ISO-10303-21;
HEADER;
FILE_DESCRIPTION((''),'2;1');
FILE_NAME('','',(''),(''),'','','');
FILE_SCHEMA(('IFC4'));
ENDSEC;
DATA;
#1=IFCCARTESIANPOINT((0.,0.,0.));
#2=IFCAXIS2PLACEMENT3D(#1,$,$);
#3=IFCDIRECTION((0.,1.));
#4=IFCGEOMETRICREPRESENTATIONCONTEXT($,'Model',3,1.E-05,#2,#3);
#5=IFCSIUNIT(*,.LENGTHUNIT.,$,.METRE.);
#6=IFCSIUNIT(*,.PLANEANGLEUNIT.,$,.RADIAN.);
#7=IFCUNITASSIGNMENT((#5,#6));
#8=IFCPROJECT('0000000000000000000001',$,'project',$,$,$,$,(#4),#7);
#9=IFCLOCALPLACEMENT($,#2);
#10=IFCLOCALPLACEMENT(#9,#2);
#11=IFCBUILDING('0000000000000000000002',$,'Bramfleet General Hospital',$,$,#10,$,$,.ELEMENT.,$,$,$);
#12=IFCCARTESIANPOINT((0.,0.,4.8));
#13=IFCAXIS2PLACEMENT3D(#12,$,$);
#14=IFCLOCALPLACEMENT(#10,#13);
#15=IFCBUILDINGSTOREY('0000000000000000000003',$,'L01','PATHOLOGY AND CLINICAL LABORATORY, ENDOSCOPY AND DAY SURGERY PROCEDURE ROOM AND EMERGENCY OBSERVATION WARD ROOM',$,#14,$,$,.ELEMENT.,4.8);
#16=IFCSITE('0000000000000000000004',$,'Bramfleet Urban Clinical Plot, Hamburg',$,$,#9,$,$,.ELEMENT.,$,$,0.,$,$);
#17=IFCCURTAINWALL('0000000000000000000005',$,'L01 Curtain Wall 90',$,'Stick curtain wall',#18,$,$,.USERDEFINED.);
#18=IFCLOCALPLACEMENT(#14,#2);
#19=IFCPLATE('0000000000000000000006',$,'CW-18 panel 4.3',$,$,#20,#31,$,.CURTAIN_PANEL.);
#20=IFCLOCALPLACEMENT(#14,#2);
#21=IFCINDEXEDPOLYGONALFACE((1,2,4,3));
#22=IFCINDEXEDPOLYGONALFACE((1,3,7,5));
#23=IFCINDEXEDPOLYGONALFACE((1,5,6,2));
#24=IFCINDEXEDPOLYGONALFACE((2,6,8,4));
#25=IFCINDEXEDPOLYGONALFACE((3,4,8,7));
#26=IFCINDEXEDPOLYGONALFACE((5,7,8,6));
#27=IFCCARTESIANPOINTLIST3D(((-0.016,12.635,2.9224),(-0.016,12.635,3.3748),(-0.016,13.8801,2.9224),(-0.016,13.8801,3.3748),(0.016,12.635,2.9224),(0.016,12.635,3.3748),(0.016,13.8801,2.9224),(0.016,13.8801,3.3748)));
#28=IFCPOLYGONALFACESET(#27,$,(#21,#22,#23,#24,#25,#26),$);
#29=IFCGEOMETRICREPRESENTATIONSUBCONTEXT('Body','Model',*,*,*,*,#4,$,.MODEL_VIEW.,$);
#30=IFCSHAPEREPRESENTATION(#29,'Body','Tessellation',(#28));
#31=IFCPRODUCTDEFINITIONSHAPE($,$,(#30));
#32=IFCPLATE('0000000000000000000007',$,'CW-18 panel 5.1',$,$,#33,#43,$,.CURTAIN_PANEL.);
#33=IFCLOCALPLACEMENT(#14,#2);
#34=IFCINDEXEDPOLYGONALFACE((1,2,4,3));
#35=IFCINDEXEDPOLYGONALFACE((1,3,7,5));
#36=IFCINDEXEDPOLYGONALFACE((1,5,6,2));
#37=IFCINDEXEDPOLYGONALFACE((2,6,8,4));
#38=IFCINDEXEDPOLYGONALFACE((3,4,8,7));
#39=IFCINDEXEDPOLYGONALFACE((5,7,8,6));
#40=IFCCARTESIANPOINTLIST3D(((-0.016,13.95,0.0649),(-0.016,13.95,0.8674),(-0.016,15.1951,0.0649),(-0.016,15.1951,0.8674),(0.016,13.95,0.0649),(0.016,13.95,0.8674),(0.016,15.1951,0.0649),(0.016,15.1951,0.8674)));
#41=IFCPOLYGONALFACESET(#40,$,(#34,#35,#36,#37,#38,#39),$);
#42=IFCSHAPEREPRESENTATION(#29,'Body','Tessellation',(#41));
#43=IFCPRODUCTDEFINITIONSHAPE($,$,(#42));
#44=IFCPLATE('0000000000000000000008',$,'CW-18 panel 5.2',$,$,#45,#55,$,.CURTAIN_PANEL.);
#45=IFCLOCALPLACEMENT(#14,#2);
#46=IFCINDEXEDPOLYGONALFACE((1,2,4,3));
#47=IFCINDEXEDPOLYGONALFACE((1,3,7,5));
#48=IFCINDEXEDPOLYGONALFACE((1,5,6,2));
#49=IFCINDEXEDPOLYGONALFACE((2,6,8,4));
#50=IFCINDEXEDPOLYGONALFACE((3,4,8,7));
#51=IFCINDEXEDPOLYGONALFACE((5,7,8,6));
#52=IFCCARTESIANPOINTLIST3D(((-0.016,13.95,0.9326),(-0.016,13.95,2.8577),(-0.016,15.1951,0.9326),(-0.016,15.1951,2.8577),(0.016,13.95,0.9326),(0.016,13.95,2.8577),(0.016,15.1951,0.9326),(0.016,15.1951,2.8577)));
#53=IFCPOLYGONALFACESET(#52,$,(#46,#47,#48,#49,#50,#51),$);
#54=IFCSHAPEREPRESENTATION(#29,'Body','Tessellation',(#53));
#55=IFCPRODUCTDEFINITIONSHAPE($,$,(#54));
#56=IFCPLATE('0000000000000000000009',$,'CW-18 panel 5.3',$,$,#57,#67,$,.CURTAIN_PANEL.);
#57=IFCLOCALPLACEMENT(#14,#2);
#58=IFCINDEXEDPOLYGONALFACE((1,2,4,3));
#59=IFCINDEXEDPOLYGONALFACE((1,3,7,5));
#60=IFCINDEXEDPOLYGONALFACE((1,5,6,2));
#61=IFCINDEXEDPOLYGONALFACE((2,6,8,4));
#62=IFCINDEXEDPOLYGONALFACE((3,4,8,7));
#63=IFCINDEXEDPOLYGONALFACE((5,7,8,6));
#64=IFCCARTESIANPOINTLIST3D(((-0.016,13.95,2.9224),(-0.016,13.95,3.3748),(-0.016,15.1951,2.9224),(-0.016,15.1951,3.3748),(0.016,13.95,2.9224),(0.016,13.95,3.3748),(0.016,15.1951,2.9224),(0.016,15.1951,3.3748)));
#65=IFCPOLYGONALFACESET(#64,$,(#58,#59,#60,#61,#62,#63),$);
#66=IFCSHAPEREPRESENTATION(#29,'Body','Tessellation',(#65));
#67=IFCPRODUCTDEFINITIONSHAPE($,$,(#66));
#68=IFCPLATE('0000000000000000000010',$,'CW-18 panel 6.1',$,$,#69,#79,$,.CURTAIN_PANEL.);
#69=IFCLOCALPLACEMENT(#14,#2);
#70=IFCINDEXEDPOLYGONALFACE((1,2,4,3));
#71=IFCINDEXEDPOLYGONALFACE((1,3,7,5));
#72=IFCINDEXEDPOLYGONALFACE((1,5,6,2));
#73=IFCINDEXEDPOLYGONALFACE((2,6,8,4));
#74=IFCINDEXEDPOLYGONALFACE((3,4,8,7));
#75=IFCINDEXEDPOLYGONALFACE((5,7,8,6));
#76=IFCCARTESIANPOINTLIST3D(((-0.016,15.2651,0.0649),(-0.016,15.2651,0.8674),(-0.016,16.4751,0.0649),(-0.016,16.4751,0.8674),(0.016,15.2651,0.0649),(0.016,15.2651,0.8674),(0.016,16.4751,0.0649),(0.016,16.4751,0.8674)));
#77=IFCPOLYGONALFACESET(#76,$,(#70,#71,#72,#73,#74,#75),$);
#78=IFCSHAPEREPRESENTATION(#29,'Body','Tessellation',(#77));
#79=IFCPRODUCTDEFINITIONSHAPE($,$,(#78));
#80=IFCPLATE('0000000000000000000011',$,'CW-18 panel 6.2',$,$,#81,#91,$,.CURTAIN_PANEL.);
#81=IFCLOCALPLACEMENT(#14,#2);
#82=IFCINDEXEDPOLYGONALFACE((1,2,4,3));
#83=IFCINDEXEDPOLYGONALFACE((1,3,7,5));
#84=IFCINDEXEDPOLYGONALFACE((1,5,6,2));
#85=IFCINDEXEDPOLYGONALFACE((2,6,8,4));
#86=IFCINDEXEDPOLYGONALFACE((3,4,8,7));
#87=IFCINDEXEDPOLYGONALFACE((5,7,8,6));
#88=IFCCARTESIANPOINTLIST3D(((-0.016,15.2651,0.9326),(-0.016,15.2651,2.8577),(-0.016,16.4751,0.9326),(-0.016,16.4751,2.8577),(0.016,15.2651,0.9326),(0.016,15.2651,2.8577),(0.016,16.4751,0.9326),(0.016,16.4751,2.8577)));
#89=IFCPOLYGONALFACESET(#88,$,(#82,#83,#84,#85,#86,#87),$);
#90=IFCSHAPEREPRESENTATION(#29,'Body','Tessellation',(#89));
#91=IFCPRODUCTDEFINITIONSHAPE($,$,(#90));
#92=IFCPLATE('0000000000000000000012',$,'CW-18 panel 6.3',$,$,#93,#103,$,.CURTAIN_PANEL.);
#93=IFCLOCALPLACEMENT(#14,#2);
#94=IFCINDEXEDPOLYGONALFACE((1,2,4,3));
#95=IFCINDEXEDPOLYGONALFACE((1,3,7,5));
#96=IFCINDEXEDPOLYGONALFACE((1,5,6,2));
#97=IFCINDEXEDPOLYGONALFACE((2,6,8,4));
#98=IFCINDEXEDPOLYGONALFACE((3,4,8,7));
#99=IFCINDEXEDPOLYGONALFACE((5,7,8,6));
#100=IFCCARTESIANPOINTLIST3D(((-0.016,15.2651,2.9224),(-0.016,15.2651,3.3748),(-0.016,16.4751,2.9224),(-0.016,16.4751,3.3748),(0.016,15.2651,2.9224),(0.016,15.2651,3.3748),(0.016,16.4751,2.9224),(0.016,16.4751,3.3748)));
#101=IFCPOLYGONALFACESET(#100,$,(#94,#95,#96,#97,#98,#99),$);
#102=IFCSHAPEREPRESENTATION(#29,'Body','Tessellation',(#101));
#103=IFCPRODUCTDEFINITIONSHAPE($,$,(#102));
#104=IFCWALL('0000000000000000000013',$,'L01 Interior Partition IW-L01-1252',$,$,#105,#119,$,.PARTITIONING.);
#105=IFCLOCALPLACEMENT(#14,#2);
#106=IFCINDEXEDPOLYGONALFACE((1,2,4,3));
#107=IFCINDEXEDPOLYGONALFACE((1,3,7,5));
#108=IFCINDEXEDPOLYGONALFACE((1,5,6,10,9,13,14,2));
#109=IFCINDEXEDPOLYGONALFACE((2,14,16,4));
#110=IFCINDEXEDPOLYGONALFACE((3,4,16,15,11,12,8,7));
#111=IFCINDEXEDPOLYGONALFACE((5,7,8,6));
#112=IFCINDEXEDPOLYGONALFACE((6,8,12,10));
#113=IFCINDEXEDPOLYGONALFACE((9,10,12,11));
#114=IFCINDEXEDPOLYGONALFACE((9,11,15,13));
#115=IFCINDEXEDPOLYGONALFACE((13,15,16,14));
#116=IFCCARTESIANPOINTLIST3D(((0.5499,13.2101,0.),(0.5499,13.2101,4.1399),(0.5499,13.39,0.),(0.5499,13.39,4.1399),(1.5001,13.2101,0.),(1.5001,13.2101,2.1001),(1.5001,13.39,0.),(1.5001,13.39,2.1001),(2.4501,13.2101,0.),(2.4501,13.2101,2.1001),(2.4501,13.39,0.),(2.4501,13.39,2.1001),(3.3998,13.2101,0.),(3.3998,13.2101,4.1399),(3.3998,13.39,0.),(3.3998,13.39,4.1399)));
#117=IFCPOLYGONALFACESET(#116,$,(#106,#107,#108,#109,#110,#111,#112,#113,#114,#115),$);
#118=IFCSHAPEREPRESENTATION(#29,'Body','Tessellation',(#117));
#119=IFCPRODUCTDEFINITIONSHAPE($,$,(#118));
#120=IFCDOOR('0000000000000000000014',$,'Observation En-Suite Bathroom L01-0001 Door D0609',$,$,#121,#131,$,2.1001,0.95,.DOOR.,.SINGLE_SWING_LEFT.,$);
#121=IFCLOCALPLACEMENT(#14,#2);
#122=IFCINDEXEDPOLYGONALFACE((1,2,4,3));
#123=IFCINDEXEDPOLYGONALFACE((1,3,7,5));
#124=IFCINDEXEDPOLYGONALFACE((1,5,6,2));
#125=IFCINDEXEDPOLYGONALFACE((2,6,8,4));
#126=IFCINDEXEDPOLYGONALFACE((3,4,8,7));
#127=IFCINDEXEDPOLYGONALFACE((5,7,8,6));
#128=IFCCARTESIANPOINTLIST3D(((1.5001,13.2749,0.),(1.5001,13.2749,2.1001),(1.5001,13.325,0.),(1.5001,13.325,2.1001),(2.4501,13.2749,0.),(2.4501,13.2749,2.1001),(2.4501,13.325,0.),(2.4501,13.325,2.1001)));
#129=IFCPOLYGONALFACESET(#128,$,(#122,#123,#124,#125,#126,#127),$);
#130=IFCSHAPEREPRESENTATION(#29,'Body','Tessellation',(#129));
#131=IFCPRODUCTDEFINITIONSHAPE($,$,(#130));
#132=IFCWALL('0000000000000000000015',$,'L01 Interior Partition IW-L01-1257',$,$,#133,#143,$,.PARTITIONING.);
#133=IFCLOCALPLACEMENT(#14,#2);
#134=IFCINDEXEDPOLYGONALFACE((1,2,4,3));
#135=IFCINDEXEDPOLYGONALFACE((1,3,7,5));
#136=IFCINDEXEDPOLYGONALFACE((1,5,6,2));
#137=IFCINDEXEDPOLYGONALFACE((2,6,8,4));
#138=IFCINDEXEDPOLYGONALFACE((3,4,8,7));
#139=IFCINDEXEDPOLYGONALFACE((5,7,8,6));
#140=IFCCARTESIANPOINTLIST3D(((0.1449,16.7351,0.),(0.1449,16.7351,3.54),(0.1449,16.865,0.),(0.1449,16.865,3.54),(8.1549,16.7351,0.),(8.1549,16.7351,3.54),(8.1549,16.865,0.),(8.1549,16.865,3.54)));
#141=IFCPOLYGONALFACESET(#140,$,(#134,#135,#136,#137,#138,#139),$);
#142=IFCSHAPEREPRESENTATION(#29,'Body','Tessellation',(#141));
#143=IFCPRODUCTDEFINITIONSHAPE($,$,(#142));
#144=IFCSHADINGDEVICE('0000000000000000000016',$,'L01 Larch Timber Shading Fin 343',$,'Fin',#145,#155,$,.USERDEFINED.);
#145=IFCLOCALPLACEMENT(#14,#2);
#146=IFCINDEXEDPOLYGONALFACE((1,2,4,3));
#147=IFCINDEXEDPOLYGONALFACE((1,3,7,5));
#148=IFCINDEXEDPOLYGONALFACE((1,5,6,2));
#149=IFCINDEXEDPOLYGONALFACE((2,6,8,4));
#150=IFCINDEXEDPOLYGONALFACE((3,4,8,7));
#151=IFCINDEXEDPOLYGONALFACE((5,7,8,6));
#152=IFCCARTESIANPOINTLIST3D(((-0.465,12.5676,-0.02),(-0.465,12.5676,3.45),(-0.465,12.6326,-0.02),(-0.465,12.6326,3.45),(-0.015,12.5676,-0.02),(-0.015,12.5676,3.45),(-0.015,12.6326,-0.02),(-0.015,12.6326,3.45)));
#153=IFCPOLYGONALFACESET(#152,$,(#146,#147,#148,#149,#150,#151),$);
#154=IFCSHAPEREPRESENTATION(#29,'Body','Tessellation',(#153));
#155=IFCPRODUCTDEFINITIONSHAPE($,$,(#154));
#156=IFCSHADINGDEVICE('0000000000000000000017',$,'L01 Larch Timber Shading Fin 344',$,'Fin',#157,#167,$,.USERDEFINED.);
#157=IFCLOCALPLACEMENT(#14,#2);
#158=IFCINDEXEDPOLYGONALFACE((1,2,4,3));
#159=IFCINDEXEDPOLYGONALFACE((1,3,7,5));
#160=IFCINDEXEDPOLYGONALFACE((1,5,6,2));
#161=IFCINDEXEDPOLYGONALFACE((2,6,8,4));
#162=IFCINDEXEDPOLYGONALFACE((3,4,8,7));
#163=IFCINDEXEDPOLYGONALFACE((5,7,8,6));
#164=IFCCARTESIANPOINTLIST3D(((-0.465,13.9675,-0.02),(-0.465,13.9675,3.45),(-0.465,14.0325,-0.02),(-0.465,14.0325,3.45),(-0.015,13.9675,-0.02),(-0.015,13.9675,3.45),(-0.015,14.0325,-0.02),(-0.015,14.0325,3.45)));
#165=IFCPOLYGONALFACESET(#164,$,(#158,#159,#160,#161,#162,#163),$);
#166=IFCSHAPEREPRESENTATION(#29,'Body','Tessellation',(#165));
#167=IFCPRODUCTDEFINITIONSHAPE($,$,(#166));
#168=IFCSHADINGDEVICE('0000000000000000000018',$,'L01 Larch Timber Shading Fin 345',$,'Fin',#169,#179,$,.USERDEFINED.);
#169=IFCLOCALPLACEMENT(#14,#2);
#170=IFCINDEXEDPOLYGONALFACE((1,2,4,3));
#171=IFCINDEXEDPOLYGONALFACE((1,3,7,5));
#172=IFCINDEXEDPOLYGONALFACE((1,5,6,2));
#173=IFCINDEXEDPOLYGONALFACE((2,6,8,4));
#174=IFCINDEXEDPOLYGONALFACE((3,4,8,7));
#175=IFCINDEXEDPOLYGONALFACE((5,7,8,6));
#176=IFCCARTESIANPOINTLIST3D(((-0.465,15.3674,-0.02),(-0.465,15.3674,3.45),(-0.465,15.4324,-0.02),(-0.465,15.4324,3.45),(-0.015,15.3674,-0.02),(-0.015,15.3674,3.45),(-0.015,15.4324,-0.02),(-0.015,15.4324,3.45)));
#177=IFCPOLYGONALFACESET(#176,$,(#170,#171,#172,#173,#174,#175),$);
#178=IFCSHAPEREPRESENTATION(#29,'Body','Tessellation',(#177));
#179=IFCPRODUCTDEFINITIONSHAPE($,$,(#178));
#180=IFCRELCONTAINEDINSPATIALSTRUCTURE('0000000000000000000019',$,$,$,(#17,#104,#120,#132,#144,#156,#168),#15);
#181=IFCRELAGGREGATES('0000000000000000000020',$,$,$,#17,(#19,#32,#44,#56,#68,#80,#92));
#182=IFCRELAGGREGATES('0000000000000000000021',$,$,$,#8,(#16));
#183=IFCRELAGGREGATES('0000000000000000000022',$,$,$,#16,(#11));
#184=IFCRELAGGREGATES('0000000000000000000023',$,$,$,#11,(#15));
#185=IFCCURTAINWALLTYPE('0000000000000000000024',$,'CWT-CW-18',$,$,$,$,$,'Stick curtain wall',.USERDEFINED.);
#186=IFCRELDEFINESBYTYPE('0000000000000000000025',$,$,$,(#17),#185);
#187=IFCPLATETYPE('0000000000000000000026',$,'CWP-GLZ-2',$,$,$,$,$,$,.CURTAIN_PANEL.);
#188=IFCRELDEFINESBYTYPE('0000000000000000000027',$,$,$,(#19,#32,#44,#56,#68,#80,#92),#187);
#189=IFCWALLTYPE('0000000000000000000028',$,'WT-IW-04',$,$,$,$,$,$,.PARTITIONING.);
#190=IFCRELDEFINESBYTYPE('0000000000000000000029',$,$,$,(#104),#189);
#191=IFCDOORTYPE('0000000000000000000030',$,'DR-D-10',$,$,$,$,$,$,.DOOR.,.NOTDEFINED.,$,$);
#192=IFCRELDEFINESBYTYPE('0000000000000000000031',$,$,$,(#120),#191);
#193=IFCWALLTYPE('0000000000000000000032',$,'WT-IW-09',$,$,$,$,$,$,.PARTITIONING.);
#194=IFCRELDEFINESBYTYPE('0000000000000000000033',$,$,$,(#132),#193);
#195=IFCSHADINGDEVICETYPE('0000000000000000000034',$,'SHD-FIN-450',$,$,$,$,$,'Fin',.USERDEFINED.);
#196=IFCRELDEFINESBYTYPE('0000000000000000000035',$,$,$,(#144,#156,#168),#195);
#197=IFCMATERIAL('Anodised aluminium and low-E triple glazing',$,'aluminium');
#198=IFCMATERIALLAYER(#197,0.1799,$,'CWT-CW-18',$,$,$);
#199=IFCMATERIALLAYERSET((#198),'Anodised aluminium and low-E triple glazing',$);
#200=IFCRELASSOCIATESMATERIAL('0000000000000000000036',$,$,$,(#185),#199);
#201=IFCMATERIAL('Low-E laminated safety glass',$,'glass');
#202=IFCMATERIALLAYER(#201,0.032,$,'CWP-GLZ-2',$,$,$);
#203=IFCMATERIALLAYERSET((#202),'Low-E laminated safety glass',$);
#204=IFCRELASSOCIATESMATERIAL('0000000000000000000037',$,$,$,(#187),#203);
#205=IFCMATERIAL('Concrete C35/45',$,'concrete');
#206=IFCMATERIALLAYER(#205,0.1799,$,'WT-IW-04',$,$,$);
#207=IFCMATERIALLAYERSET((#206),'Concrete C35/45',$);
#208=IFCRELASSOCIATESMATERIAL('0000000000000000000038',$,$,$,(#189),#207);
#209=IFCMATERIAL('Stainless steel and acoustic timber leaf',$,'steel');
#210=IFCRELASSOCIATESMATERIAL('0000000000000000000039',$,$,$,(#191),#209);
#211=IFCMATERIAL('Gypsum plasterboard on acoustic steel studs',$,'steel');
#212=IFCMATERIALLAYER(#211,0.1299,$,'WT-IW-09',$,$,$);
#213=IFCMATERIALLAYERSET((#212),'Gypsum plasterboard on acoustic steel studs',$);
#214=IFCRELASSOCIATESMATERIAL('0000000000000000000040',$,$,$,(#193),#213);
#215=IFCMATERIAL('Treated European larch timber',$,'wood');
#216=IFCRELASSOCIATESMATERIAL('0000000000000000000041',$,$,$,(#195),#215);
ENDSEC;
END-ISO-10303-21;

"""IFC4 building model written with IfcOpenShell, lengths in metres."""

from ifc_helpers import new_model, si_unit, direction, frame, frame_2d, origin, origin_2d, place, context, subcontext, project, spatial, rectangle, extrude, material, layer, layer_set, material_profile, profile_set, type_object, element, fill, aggregate, save


model = new_model("IFC4")

# Units and contexts
model_context = context("Model", 3, precision=1e-05, world=origin(), true_north=direction((0.0, 1.0)))
body_context = subcontext(model_context, "Body", "Model", "MODEL_VIEW")
ifc_project = project(units=[si_unit("LENGTHUNIT", "METRE"), si_unit("PLANEANGLEUNIT", "RADIAN")], contexts=[model_context])

# Site, building, storey
site_placement = place(None, origin())
site = spatial("IfcSite", under=ifc_project, at=site_placement, Name="Bramfleet Urban Clinical Plot, Hamburg", CompositionType="ELEMENT", RefElevation=0.0)
building_placement = place(site_placement, origin())
building = spatial("IfcBuilding", under=site, at=building_placement, Name="Bramfleet General Hospital", CompositionType="ELEMENT")
storey_placement = place(building_placement, frame((0.0, 0.0, 4.8)))
storey = spatial("IfcBuildingStorey", under=building, at=storey_placement, Name="L01", Description="PATHOLOGY AND CLINICAL LABORATORY, ENDOSCOPY AND DAY SURGERY PROCEDURE ROOM AND EMERGENCY OBSERVATION WARD ROOM", CompositionType="ELEMENT", Elevation=4.8)

# Shared definitions
ifc_material_1 = material(Name="Concrete C35/45", Category="concrete")

# Curtain wall, plates
ifc_material_2 = material(Name="Anodised aluminium and low-E triple glazing", Category="aluminium")
ifc_layer_1 = layer(ifc_material_2, 0.1799, Name="CWT-CW-18")
ifc_layer_set_1 = layer_set([ifc_layer_1], Name="Anodised aluminium and low-E triple glazing")
curtain_wall_type = type_object("IfcCurtainWallType", Name="CWT-CW-18", ElementType="Stick curtain wall", PredefinedType="USERDEFINED", material=ifc_layer_set_1)
curtain_wall_placement = place(storey_placement, origin())
curtain_wall = element("IfcCurtainWall", 1, at=curtain_wall_placement, inside=storey, type_object=curtain_wall_type, Name="L01 Curtain Wall 90", ObjectType="Stick curtain wall", PredefinedType="USERDEFINED")
ifc_material_3 = material(Name="Low-E laminated safety glass", Category="glass")
ifc_layer_2 = layer(ifc_material_3, 0.032, Name="CWP-GLZ-2")
ifc_layer_set_2 = layer_set([ifc_layer_2], Name="Low-E laminated safety glass")
plate_type = type_object("IfcPlateType", Name="CWP-GLZ-2", PredefinedType="CURTAIN_PANEL", material=ifc_layer_set_2)
plate_1_placement = place(storey_placement, frame((0.0, 13.2576, 2.9224), z_axis=(0.0, 0.0, 1.0), x_axis=(0.0, 1.0, 0.0)))
plate_1 = element("IfcPlate", 2, at=plate_1_placement, type_object=plate_type, Name="CW-18 panel 4.3", PredefinedType="CURTAIN_PANEL", context=body_context, shape_type="SweptSolid", body=[
    extrude(rectangle(XDim=1.2451, YDim=0.032, at=origin_2d()), origin(), (0.0, 0.0, 1.0), 0.4524),
])
plate_2_placement = place(storey_placement, frame((0.0, 14.5725, 0.0649), z_axis=(0.0, 0.0, 1.0), x_axis=(0.0, 1.0, 0.0)))
plate_2 = element("IfcPlate", 3, at=plate_2_placement, type_object=plate_type, Name="CW-18 panel 5.1", PredefinedType="CURTAIN_PANEL", context=body_context, shape_type="SweptSolid", body=[
    extrude(rectangle(XDim=1.2451, YDim=0.032, at=origin_2d()), origin(), (0.0, 0.0, 1.0), 0.8025),
])
plate_3_placement = place(storey_placement, frame((0.0, 14.5725, 0.9326), z_axis=(0.0, 0.0, 1.0), x_axis=(0.0, 1.0, 0.0)))
plate_3 = element("IfcPlate", 4, at=plate_3_placement, type_object=plate_type, Name="CW-18 panel 5.2", PredefinedType="CURTAIN_PANEL", context=body_context, shape_type="SweptSolid", body=[
    extrude(rectangle(XDim=1.2451, YDim=0.032, at=origin_2d()), origin(), (0.0, 0.0, 1.0), 1.925),
])
plate_4_placement = place(storey_placement, frame((0.0, 14.5725, 2.9224), z_axis=(0.0, 0.0, 1.0), x_axis=(0.0, 1.0, 0.0)))
plate_4 = element("IfcPlate", 5, at=plate_4_placement, type_object=plate_type, Name="CW-18 panel 5.3", PredefinedType="CURTAIN_PANEL", context=body_context, shape_type="SweptSolid", body=[
    extrude(rectangle(XDim=1.2451, YDim=0.032, at=origin_2d()), origin(), (0.0, 0.0, 1.0), 0.4524),
])
plate_5_placement = place(storey_placement, frame((0.0, 15.8701, 0.0649), z_axis=(0.0, 0.0, 1.0), x_axis=(0.0, 1.0, 0.0)))
plate_5 = element("IfcPlate", 6, at=plate_5_placement, type_object=plate_type, Name="CW-18 panel 6.1", PredefinedType="CURTAIN_PANEL", context=body_context, shape_type="SweptSolid", body=[
    extrude(rectangle(XDim=1.21, YDim=0.032, at=origin_2d()), origin(), (0.0, 0.0, 1.0), 0.8025),
])
plate_6_placement = place(storey_placement, frame((0.0, 15.8701, 0.9326), z_axis=(0.0, 0.0, 1.0), x_axis=(0.0, 1.0, 0.0)))
plate_6 = element("IfcPlate", 7, at=plate_6_placement, type_object=plate_type, Name="CW-18 panel 6.2", PredefinedType="CURTAIN_PANEL", context=body_context, shape_type="SweptSolid", body=[
    extrude(rectangle(XDim=1.21, YDim=0.032, at=origin_2d()), origin(), (0.0, 0.0, 1.0), 1.925),
])
plate_7_placement = place(storey_placement, frame((0.0, 15.8701, 2.9224), z_axis=(0.0, 0.0, 1.0), x_axis=(0.0, 1.0, 0.0)))
plate_7 = element("IfcPlate", 8, at=plate_7_placement, type_object=plate_type, Name="CW-18 panel 6.3", PredefinedType="CURTAIN_PANEL", context=body_context, shape_type="SweptSolid", body=[
    extrude(rectangle(XDim=1.21, YDim=0.032, at=origin_2d()), origin(), (0.0, 0.0, 1.0), 0.4524),
])
aggregate(curtain_wall, [plate_1, plate_2, plate_3, plate_4, plate_5, plate_6, plate_7])

# Wall, opening, door
ifc_layer_3 = layer(ifc_material_1, 0.1799, Name="WT-IW-04")
ifc_layer_set_3 = layer_set([ifc_layer_3], Name="Concrete C35/45")
wall_type_1 = type_object("IfcWallType", Name="WT-IW-04", PredefinedType="PARTITIONING", material=ifc_layer_set_3)
wall_1_placement = place(storey_placement, frame((0.55, 13.3, 0.0), z_axis=(0.0, 0.0, 1.0), x_axis=(1.0, 0.0, 0.0)))
wall_1 = element("IfcWall", 9, at=wall_1_placement, inside=storey, type_object=wall_type_1, Name="L01 Interior Partition IW-L01-1252", PredefinedType="PARTITIONING", context=body_context, shape_type="SweptSolid", body=[
    extrude(rectangle(XDim=2.8499, YDim=0.1799, at=frame_2d((1.4248, 0.0))), origin(), (0.0, 0.0, 1.0), 4.1399),
])
opening_placement = place(wall_1_placement, frame((0.95, 0.0, 0.0)))
opening = element("IfcOpeningElement", 10, at=opening_placement, cuts=wall_1, PredefinedType="OPENING", context=body_context, shape_type="SweptSolid", body=[
    extrude(rectangle(XDim=0.95, YDim=2.1001, at=frame_2d((0.4751, 1.05))), frame((0.0, 0.0999, 0.0), z_axis=(0.0, -1.0, 0.0), x_axis=(1.0, 0.0, 0.0)), (0.0, 0.0, 1.0), 0.2),
])
ifc_material_4 = material(Name="Stainless steel and acoustic timber leaf", Category="steel")
door_type = type_object("IfcDoorType", Name="DR-D-10", OperationType="NOTDEFINED", PredefinedType="DOOR", material=ifc_material_4)
door_placement = place(opening_placement, origin())
door = element("IfcDoor", 11, at=door_placement, inside=storey, type_object=door_type, Name="Observation En-Suite Bathroom L01-0001 Door D0609", OperationType="SINGLE_SWING_LEFT", OverallHeight=2.1001, OverallWidth=0.95, PredefinedType="DOOR", context=body_context, shape_type="SweptSolid", body=[
    extrude(rectangle(XDim=0.95, YDim=2.1001, at=frame_2d((0.4751, 1.05))), frame((0.0, 0.0249, 0.0), z_axis=(0.0, -1.0, 0.0), x_axis=(1.0, 0.0, 0.0)), (0.0, 0.0, 1.0), 0.05),
])
fill(opening, door)

# Wall
ifc_material_5 = material(Name="Gypsum plasterboard on acoustic steel studs", Category="steel")
ifc_layer_4 = layer(ifc_material_5, 0.1299, Name="WT-IW-09")
ifc_layer_set_4 = layer_set([ifc_layer_4], Name="Gypsum plasterboard on acoustic steel studs")
wall_type_2 = type_object("IfcWallType", Name="WT-IW-09", PredefinedType="PARTITIONING", material=ifc_layer_set_4)
wall_2_placement = place(storey_placement, frame((0.145, 16.8, 0.0), z_axis=(0.0, 0.0, 1.0), x_axis=(1.0, 0.0, 0.0)))
element("IfcWall", 12, at=wall_2_placement, inside=storey, type_object=wall_type_2, Name="L01 Interior Partition IW-L01-1257", PredefinedType="PARTITIONING", context=body_context, shape_type="SweptSolid", body=[
    extrude(rectangle(XDim=8.01, YDim=0.1299, at=frame_2d((4.0049, 0.0))), origin(), (0.0, 0.0, 1.0), 3.54),
])

# Shading devices
ifc_material_6 = material(Name="Treated European larch timber", Category="wood")
ifc_material_profile_1 = material_profile(ifc_material_6, rectangle(XDim=0.0649, YDim=0.45, at=origin_2d()), Name="LARCH FIN 450x65")
ifc_profile_set_1 = profile_set([ifc_material_profile_1], Name="Treated European larch timber")
shading_device_type = type_object("IfcShadingDeviceType", Name="SHD-FIN-450", ElementType="Fin", PredefinedType="USERDEFINED", material=ifc_profile_set_1)
for number, where, z_axis, x_axis, name in (
    (13, (-0.24, 12.6001, -0.02), (0.0, 0.0, 1.0), (0.0, 1.0, 0.0), "L01 Larch Timber Shading Fin 343"),
    (14, (-0.24, 14.0, -0.02), (0.0, 0.0, 1.0), (0.0, 1.0, 0.0), "L01 Larch Timber Shading Fin 344"),
    (15, (-0.24, 15.3999, -0.02), (0.0, 0.0, 1.0), (0.0, 1.0, 0.0), "L01 Larch Timber Shading Fin 345"),
):
    element("IfcShadingDevice", number, at=place(storey_placement, frame(where, z_axis=z_axis, x_axis=x_axis)), inside=storey, type_object=shading_device_type, Name=name, ObjectType="Fin", PredefinedType="USERDEFINED", context=body_context, shape_type="SweptSolid", body=[
        extrude(rectangle(XDim=0.0649, YDim=0.45, at=origin_2d()), origin(), (0.0, 0.0, 1.0), 3.47),
    ])

save(model, "model.ifc")
